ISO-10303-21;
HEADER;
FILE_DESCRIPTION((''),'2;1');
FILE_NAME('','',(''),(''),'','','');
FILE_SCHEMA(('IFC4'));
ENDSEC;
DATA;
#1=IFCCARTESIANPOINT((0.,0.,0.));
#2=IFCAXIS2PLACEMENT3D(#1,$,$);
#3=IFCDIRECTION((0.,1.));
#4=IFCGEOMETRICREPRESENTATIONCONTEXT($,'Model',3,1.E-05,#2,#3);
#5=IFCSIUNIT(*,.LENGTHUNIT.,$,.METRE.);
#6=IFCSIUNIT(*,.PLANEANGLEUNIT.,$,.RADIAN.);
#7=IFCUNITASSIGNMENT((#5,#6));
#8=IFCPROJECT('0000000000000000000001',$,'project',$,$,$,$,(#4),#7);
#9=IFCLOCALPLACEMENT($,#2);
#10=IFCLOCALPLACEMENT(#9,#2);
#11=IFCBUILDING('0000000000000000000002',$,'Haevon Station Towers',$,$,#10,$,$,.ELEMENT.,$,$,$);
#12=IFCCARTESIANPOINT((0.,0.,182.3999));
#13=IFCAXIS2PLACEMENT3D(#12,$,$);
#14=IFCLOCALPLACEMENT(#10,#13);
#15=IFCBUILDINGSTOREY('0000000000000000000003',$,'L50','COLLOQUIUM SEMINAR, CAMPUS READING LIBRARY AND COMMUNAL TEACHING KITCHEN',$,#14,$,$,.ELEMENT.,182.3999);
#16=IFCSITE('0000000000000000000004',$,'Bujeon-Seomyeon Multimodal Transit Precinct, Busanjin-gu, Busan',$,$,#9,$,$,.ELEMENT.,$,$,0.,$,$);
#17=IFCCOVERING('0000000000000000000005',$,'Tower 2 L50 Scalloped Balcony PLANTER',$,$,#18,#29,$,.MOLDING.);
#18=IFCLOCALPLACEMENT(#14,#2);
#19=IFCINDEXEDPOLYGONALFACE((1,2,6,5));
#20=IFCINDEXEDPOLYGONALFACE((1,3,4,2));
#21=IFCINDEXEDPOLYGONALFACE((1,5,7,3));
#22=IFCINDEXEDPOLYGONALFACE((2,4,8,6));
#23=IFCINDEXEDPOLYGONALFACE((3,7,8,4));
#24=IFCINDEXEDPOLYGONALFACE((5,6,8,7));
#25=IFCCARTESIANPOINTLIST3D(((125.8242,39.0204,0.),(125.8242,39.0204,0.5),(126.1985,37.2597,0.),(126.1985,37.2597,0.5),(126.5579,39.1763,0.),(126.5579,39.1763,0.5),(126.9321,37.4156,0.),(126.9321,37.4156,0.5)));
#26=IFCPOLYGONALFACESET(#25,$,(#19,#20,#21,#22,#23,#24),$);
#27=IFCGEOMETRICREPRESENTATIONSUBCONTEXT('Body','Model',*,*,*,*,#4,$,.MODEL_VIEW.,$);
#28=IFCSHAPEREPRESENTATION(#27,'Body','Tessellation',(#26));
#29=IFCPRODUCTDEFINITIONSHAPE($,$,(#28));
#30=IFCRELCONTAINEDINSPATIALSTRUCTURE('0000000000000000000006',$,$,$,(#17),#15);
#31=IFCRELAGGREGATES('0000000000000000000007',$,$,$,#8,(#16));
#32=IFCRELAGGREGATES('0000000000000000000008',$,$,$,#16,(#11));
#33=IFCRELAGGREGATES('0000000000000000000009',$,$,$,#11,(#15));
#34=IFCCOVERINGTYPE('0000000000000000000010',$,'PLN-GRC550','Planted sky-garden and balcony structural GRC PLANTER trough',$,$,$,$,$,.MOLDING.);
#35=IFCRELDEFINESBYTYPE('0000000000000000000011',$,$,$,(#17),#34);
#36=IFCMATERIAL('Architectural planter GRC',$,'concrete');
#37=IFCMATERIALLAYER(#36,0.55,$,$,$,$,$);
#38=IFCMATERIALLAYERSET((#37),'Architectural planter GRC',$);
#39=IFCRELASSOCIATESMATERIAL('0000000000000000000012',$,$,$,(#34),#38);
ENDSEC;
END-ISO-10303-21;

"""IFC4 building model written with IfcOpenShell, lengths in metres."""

from ifc_helpers import new_model, si_unit, direction, frame, origin, origin_2d, place, context, subcontext, project, spatial, rectangle, extrude, material, layer, layer_set, type_object, element, save


model = new_model("IFC4")

# Units and contexts
model_context = context("Model", 3, precision=1e-05, world=origin(), true_north=direction((0.0, 1.0)))
body_context = subcontext(model_context, "Body", "Model", "MODEL_VIEW")
ifc_project = project(units=[si_unit("LENGTHUNIT", "METRE"), si_unit("PLANEANGLEUNIT", "RADIAN")], contexts=[model_context])

# Site, building, storey
site_placement = place(None, origin())
site = spatial("IfcSite", under=ifc_project, at=site_placement, Name="Bujeon-Seomyeon Multimodal Transit Precinct, Busanjin-gu, Busan", CompositionType="ELEMENT", RefElevation=0.0)
building_placement = place(site_placement, origin())
building = spatial("IfcBuilding", under=site, at=building_placement, Name="Haevon Station Towers", CompositionType="ELEMENT")
storey_placement = place(building_placement, frame((0.0, 0.0, 182.3999)))
storey = spatial("IfcBuildingStorey", under=building, at=storey_placement, Name="L50", Description="COLLOQUIUM SEMINAR, CAMPUS READING LIBRARY AND COMMUNAL TEACHING KITCHEN", CompositionType="ELEMENT", Elevation=182.3999)

# Covering
ifc_material_1 = material(Name="Architectural planter GRC", Category="concrete")
ifc_layer_1 = layer(ifc_material_1, 0.55)
ifc_layer_set_1 = layer_set([ifc_layer_1], Name="Architectural planter GRC")
covering_type = type_object("IfcCoveringType", Name="PLN-GRC550", Description="Planted sky-garden and balcony structural GRC PLANTER trough", PredefinedType="MOLDING", material=ifc_layer_set_1)
covering_placement = place(storey_placement, frame((126.3782, 38.218, 0.0), z_axis=(0.0, 0.0, 1.0), x_axis=(0.978148, 0.207912, 0.0)))
element("IfcCovering", 1, at=covering_placement, inside=storey, type_object=covering_type, Name="Tower 2 L50 Scalloped Balcony PLANTER", PredefinedType="MOLDING", context=body_context, shape_type="SweptSolid", body=[
    extrude(rectangle(XDim=0.75, YDim=1.8, at=origin_2d()), origin(), (0.0, 0.0, 1.0), 0.5),
])

save(model, "model.ifc")
